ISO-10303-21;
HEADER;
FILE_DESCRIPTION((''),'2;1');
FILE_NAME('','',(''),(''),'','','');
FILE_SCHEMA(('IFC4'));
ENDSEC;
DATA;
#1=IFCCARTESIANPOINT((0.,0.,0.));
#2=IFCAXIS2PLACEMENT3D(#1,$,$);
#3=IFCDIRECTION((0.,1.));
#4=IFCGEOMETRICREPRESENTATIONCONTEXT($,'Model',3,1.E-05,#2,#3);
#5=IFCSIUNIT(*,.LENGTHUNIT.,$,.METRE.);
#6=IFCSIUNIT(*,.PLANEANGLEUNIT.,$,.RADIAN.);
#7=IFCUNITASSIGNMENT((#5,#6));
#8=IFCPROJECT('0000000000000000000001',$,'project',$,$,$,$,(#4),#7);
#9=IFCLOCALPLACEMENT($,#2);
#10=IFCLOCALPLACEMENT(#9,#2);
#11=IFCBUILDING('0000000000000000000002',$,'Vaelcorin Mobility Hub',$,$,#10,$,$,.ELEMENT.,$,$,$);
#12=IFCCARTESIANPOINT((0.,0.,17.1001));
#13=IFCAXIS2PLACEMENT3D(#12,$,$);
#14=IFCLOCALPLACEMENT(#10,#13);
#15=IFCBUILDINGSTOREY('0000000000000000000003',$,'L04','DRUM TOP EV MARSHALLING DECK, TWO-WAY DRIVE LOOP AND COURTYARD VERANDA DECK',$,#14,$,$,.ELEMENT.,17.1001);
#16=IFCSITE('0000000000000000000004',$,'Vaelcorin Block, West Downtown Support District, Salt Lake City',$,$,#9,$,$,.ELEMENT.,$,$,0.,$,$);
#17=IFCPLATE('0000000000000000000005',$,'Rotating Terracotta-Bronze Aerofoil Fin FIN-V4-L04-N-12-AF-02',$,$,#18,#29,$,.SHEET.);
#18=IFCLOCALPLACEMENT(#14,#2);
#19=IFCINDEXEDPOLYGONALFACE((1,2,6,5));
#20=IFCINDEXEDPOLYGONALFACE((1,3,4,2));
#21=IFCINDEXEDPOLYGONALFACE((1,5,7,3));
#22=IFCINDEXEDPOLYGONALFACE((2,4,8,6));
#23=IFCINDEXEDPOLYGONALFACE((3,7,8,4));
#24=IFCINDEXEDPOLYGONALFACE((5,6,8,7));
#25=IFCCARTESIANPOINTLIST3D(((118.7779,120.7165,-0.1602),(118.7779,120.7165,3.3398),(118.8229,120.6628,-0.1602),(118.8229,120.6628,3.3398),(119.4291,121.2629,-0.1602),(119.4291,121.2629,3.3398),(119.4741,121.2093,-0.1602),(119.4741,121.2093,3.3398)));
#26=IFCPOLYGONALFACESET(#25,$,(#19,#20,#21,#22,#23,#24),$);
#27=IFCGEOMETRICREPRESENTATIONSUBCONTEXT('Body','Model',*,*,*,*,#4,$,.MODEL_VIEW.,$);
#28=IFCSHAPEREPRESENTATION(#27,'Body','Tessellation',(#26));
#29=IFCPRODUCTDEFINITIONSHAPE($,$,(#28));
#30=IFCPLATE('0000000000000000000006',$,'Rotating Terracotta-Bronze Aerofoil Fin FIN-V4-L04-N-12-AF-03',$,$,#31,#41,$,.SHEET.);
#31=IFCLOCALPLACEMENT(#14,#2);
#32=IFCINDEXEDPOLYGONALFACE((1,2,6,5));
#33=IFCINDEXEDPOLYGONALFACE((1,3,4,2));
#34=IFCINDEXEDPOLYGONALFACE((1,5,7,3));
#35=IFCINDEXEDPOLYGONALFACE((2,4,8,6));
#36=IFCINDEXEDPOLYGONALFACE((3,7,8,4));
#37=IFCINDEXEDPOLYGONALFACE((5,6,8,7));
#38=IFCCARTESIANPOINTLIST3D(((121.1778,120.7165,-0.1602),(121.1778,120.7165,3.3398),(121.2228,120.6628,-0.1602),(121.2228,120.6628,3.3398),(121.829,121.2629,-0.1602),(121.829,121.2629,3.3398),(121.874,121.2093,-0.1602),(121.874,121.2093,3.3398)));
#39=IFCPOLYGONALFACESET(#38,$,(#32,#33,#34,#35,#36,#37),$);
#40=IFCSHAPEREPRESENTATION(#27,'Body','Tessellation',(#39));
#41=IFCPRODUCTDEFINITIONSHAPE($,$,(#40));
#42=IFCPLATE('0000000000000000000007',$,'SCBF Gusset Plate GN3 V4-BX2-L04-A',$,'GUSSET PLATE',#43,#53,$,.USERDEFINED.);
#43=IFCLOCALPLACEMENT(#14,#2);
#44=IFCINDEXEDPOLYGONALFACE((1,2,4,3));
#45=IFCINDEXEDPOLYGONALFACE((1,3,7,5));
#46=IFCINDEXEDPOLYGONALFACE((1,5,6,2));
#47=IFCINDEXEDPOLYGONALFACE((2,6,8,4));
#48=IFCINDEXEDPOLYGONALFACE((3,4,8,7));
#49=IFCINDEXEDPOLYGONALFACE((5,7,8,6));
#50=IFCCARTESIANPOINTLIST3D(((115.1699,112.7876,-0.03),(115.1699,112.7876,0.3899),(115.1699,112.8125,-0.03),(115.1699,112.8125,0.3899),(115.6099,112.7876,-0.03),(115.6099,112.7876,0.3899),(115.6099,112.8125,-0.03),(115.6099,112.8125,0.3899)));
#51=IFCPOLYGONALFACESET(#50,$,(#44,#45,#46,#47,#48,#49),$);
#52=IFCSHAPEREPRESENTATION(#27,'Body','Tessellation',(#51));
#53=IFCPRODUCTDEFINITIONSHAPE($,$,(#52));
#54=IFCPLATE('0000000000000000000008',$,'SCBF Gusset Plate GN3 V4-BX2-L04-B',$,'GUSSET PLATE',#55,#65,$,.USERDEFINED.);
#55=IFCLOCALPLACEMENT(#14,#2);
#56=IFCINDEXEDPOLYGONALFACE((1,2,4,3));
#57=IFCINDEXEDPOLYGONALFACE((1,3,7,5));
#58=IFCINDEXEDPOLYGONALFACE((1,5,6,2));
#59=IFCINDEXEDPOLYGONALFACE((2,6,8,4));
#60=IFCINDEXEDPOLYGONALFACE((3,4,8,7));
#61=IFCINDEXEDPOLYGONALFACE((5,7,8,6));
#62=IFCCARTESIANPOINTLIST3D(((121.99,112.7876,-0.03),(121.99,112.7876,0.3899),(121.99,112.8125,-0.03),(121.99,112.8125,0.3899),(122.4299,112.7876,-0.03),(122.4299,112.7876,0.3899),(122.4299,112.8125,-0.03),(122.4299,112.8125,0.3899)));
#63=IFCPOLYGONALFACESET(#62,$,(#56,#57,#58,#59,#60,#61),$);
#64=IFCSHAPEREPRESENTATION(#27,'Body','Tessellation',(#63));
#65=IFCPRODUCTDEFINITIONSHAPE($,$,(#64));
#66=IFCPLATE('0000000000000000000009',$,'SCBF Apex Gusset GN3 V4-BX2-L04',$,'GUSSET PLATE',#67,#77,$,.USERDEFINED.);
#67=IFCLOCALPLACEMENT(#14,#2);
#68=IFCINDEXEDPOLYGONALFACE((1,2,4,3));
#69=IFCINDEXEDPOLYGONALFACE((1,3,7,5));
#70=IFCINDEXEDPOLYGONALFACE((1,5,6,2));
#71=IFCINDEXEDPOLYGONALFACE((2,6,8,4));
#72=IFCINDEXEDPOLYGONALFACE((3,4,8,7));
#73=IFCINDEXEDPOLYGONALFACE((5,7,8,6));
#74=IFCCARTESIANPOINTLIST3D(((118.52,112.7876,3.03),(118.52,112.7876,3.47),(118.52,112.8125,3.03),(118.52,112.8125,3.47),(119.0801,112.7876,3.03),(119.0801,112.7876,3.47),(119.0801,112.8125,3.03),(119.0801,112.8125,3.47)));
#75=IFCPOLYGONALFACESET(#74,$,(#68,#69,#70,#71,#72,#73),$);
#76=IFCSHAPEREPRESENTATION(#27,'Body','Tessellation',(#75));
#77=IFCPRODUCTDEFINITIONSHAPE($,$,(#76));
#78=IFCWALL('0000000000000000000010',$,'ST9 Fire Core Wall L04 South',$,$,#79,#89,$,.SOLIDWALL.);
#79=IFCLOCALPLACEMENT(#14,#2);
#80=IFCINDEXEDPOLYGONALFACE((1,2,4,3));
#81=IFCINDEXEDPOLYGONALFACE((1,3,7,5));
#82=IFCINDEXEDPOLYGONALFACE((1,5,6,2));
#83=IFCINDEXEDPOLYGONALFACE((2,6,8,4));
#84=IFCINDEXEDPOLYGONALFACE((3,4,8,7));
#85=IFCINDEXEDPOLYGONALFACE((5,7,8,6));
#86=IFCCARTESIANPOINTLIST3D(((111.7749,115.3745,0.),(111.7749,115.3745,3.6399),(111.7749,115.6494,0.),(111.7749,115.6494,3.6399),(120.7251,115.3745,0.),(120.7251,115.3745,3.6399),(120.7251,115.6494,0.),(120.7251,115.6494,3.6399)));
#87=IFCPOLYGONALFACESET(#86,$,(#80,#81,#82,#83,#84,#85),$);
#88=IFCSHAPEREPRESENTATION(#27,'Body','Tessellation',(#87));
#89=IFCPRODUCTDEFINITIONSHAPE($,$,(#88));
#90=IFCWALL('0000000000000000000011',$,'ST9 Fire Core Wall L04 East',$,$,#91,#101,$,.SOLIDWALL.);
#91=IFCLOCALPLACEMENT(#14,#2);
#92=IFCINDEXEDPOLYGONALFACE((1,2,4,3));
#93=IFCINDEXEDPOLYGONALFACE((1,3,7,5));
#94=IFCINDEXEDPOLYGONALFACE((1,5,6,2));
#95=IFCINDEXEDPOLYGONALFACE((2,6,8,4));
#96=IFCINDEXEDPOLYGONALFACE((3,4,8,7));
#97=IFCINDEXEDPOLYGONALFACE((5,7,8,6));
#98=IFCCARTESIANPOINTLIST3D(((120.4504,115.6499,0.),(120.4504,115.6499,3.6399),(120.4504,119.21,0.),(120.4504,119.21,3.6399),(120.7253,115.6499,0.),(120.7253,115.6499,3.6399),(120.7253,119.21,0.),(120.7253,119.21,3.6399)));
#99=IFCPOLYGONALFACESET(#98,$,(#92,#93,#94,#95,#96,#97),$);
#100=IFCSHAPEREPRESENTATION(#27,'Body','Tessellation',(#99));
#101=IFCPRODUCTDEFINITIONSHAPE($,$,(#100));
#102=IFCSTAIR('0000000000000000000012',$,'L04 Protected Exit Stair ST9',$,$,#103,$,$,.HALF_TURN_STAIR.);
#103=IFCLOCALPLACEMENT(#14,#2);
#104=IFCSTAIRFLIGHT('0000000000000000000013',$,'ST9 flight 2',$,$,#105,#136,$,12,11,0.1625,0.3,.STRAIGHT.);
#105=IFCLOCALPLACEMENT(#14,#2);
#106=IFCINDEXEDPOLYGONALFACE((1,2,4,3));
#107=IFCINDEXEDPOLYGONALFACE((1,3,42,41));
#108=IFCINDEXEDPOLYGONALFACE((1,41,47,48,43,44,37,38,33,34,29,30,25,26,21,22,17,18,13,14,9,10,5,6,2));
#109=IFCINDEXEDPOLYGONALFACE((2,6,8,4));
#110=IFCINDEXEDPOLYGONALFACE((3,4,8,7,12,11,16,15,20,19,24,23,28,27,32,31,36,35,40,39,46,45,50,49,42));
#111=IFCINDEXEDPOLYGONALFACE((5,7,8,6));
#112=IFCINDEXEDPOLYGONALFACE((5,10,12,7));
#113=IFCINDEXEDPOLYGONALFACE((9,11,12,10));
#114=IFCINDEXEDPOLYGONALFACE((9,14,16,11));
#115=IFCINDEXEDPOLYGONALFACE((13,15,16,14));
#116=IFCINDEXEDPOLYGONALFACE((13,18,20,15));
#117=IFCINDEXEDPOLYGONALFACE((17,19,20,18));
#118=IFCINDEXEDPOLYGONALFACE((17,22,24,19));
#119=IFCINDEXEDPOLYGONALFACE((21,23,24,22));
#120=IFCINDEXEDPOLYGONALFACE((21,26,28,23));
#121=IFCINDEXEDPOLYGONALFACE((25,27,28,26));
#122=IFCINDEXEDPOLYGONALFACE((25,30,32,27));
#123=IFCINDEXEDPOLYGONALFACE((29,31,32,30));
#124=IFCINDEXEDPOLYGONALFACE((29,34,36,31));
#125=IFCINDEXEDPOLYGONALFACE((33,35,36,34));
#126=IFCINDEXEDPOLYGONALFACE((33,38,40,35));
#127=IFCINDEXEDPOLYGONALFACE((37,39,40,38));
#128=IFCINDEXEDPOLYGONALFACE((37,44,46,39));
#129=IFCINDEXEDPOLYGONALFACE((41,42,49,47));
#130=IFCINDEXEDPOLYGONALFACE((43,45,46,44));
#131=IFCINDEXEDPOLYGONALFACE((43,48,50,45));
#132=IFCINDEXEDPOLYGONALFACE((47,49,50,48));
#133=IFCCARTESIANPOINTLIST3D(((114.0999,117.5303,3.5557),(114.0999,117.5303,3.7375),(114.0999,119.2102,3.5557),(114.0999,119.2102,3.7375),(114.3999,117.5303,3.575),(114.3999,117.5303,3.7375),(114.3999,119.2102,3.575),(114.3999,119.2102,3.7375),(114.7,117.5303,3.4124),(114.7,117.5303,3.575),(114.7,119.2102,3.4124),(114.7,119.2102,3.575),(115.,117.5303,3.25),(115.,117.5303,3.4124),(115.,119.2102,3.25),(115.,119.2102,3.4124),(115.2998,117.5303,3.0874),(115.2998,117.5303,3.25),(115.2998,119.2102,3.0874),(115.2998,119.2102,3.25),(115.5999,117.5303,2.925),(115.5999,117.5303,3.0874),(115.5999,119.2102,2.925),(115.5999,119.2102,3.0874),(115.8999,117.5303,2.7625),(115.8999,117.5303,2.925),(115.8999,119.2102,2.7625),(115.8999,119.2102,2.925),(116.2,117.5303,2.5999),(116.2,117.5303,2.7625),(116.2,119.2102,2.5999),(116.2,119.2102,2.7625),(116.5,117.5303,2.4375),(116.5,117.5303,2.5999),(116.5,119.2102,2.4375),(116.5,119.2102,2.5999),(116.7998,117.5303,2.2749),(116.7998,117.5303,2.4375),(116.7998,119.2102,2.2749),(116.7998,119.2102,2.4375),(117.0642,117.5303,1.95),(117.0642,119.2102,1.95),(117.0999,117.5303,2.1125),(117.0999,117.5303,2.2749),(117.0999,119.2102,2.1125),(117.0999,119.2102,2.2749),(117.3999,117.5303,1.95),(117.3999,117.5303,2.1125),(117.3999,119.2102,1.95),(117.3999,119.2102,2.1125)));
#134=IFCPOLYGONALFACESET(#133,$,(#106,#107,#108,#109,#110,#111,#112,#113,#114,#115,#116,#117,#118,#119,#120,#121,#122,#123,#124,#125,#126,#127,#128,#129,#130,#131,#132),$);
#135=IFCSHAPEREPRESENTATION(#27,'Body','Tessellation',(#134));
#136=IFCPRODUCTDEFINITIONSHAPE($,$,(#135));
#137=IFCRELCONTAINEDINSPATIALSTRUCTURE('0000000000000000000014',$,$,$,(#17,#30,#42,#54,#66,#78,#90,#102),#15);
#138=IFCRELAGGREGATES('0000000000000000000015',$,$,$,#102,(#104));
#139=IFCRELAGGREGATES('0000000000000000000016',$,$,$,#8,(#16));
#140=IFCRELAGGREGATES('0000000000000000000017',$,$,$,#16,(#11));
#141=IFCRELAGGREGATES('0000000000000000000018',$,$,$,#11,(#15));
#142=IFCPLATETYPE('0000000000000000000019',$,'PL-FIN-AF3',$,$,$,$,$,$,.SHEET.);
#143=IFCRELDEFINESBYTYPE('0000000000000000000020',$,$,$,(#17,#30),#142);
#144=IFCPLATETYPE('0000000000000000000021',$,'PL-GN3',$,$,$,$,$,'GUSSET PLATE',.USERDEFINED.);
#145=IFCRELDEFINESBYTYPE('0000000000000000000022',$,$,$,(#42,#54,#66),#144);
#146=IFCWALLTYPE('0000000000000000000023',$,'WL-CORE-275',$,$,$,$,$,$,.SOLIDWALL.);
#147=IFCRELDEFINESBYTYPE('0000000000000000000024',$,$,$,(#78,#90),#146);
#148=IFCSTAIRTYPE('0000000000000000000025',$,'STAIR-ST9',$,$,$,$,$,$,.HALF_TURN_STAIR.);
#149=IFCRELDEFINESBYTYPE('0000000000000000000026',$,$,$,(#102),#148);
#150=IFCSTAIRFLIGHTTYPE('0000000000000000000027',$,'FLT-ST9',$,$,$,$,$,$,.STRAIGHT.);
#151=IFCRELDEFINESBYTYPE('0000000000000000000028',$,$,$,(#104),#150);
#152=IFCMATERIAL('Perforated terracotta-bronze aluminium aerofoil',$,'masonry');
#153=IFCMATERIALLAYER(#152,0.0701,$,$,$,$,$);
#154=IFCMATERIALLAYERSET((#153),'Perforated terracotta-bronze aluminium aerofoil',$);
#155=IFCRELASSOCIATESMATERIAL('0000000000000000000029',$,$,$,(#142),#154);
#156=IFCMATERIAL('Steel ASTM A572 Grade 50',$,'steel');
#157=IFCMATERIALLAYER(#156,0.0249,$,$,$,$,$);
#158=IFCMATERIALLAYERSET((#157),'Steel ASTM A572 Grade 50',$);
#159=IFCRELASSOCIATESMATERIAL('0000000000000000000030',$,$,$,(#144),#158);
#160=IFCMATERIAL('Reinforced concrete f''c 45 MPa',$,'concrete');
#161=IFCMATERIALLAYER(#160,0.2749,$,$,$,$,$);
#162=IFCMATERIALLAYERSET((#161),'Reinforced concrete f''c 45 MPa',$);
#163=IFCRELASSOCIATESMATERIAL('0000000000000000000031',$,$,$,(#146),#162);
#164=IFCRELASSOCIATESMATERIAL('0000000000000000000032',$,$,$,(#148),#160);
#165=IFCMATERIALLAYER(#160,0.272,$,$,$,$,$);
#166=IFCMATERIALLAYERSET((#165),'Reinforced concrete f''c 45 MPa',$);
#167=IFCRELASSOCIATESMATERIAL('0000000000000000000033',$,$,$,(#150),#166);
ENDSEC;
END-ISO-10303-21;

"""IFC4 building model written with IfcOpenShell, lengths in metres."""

from ifc_helpers import new_model, si_unit, direction, frame, frame_2d, origin, origin_2d, place, context, subcontext, project, spatial, polyline, rectangle, outline, extrude, material, layer, layer_set, type_object, element, aggregate, save


model = new_model("IFC4")

# Units and contexts
model_context = context("Model", 3, precision=1e-05, world=origin(), true_north=direction((0.0, 1.0)))
body_context = subcontext(model_context, "Body", "Model", "MODEL_VIEW")
ifc_project = project(units=[si_unit("LENGTHUNIT", "METRE"), si_unit("PLANEANGLEUNIT", "RADIAN")], contexts=[model_context])

# Site, building, storey
site_placement = place(None, origin())
site = spatial("IfcSite", under=ifc_project, at=site_placement, Name="Vaelcorin Block, West Downtown Support District, Salt Lake City", CompositionType="ELEMENT", RefElevation=0.0)
building_placement = place(site_placement, origin())
building = spatial("IfcBuilding", under=site, at=building_placement, Name="Vaelcorin Mobility Hub", CompositionType="ELEMENT")
storey_placement = place(building_placement, frame((0.0, 0.0, 17.1001)))
storey = spatial("IfcBuildingStorey", under=building, at=storey_placement, Name="L04", Description="DRUM TOP EV MARSHALLING DECK, TWO-WAY DRIVE LOOP AND COURTYARD VERANDA DECK", CompositionType="ELEMENT", Elevation=17.1001)

# Plates
ifc_material_1 = material(Name="Perforated terracotta-bronze aluminium aerofoil", Category="masonry")
ifc_layer_1 = layer(ifc_material_1, 0.0701)
ifc_layer_set_1 = layer_set([ifc_layer_1], Name="Perforated terracotta-bronze aluminium aerofoil")
plate_type_1 = type_object("IfcPlateType", Name="PL-FIN-AF3", PredefinedType="SHEET", material=ifc_layer_set_1)
for number, where, z_axis, x_axis, name in (
    (1, (119.126, 120.9629, -0.1602), (0.0, 0.0, 1.0), (0.766044, 0.642788, 0.0), "Rotating Terracotta-Bronze Aerofoil Fin FIN-V4-L04-N-12-AF-02"),
    (2, (121.5259, 120.9629, -0.1602), (0.0, 0.0, 1.0), (0.766044, 0.642788, 0.0), "Rotating Terracotta-Bronze Aerofoil Fin FIN-V4-L04-N-12-AF-03"),
):
    element("IfcPlate", number, at=place(storey_placement, frame(where, z_axis=z_axis, x_axis=x_axis)), inside=storey, type_object=plate_type_1, Name=name, PredefinedType="SHEET", context=body_context, shape_type="SweptSolid", body=[
        extrude(rectangle(XDim=0.8501, YDim=0.0701, at=origin_2d()), origin(), (0.0, 0.0, 1.0), 3.5),
    ])
ifc_material_2 = material(Name="Steel ASTM A572 Grade 50", Category="steel")
ifc_layer_2 = layer(ifc_material_2, 0.0249)
ifc_layer_set_2 = layer_set([ifc_layer_2], Name="Steel ASTM A572 Grade 50")
plate_type_2 = type_object("IfcPlateType", Name="PL-GN3", ElementType="GUSSET PLATE", PredefinedType="USERDEFINED", material=ifc_layer_set_2)
for number, where, z_axis, x_axis, name in (
    (3, (115.3899, 112.8, -0.03), (0.0, 0.0, 1.0), (1.0, 0.0, 0.0), "SCBF Gusset Plate GN3 V4-BX2-L04-A"),
    (4, (122.21, 112.8, -0.03), (0.0, 0.0, 1.0), (1.0, 0.0, 0.0), "SCBF Gusset Plate GN3 V4-BX2-L04-B"),
):
    element("IfcPlate", number, at=place(storey_placement, frame(where, z_axis=z_axis, x_axis=x_axis)), inside=storey, type_object=plate_type_2, Name=name, ObjectType="GUSSET PLATE", PredefinedType="USERDEFINED", context=body_context, shape_type="SweptSolid", body=[
        extrude(rectangle(XDim=0.4399, YDim=0.0249, at=origin_2d()), origin(), (0.0, 0.0, 1.0), 0.4199),
    ])
plate_placement = place(storey_placement, frame((118.8, 112.8, 3.03), z_axis=(0.0, 0.0, 1.0), x_axis=(1.0, 0.0, 0.0)))
element("IfcPlate", 5, at=plate_placement, inside=storey, type_object=plate_type_2, Name="SCBF Apex Gusset GN3 V4-BX2-L04", ObjectType="GUSSET PLATE", PredefinedType="USERDEFINED", context=body_context, shape_type="SweptSolid", body=[
    extrude(rectangle(XDim=0.5601, YDim=0.0249, at=origin_2d()), origin(), (0.0, 0.0, 1.0), 0.4399),
])

# Walls
ifc_material_3 = material(Name="Reinforced concrete f'c 45 MPa", Category="concrete")
ifc_layer_3 = layer(ifc_material_3, 0.2749)
ifc_layer_set_3 = layer_set([ifc_layer_3], Name="Reinforced concrete f'c 45 MPa")
wall_type = type_object("IfcWallType", Name="WL-CORE-275", PredefinedType="SOLIDWALL", material=ifc_layer_set_3)
wall_1_placement = place(storey_placement, frame((120.7251, 115.512, 0.0), z_axis=(0.0, 0.0, 1.0), x_axis=(-1.0, 0.0, 0.0)))
element("IfcWall", 6, at=wall_1_placement, inside=storey, type_object=wall_type, Name="ST9 Fire Core Wall L04 South", PredefinedType="SOLIDWALL", context=body_context, shape_type="SweptSolid", body=[
    extrude(rectangle(XDim=8.9502, YDim=0.2749, at=frame_2d((4.4751, 0.0))), origin(), (0.0, 0.0, 1.0), 3.6399),
])
wall_2_placement = place(storey_placement, frame((120.5879, 119.21, 0.0), z_axis=(0.0, 0.0, 1.0), x_axis=(0.0, -1.0, 0.0)))
element("IfcWall", 7, at=wall_2_placement, inside=storey, type_object=wall_type, Name="ST9 Fire Core Wall L04 East", PredefinedType="SOLIDWALL", context=body_context, shape_type="SweptSolid", body=[
    extrude(rectangle(XDim=3.5601, YDim=0.2749, at=frame_2d((1.78, 0.0))), origin(), (0.0, 0.0, 1.0), 3.6399),
])

# Stair, stair flight
stair_type = type_object("IfcStairType", Name="STAIR-ST9", PredefinedType="HALF_TURN_STAIR", material=ifc_material_3)
stair_placement = place(storey_placement, origin())
stair = element("IfcStair", 8, at=stair_placement, inside=storey, type_object=stair_type, Name="L04 Protected Exit Stair ST9", PredefinedType="HALF_TURN_STAIR")
ifc_layer_4 = layer(ifc_material_3, 0.272)
ifc_layer_set_4 = layer_set([ifc_layer_4], Name="Reinforced concrete f'c 45 MPa")
stair_flight_type = type_object("IfcStairFlightType", Name="FLT-ST9", PredefinedType="STRAIGHT", material=ifc_layer_set_4)
stair_flight_placement = place(storey_placement, frame((117.3999, 118.3701, 1.95), z_axis=(0.0, 0.0, 1.0), x_axis=(-1.0, 0.0, 0.0)))
stair_flight = element("IfcStairFlight", 9, at=stair_flight_placement, type_object=stair_flight_type, Name="ST9 flight 2", NumberOfRisers=12, NumberOfTreads=11, PredefinedType="STRAIGHT", RiserHeight=0.1625, TreadLength=0.3, context=body_context, shape_type="SweptSolid", body=[
    extrude(outline(polyline([(0.0, 0.0), (0.0, 0.1626), (0.3, 0.1626), (0.3, 0.325), (0.6001, 0.325), (0.6001, 0.4875), (0.8999, 0.4875), (0.8999, 0.6499), (1.2, 0.6499), (1.2, 0.8125), (1.5, 0.8125), (1.5, 0.9751), (1.8, 0.9751), (1.8, 1.1375), (2.1001, 1.1375), (2.1001, 1.3), (2.3999, 1.3), (2.3999, 1.4624), (2.7, 1.4624), (2.7, 1.625), (3.0, 1.625), (3.0, 1.7876), (3.3, 1.7876), (3.3, 1.95), (3.3, 1.6057), (0.3357, 0.0), (0.0, 0.0)])), frame((0.0, 0.8398, 0.0), z_axis=(0.0, -1.0, 0.0), x_axis=(1.0, 0.0, 0.0)), (0.0, 0.0, 1.0), 1.6799),
])
aggregate(stair, [stair_flight])

save(model, "model.ifc")
